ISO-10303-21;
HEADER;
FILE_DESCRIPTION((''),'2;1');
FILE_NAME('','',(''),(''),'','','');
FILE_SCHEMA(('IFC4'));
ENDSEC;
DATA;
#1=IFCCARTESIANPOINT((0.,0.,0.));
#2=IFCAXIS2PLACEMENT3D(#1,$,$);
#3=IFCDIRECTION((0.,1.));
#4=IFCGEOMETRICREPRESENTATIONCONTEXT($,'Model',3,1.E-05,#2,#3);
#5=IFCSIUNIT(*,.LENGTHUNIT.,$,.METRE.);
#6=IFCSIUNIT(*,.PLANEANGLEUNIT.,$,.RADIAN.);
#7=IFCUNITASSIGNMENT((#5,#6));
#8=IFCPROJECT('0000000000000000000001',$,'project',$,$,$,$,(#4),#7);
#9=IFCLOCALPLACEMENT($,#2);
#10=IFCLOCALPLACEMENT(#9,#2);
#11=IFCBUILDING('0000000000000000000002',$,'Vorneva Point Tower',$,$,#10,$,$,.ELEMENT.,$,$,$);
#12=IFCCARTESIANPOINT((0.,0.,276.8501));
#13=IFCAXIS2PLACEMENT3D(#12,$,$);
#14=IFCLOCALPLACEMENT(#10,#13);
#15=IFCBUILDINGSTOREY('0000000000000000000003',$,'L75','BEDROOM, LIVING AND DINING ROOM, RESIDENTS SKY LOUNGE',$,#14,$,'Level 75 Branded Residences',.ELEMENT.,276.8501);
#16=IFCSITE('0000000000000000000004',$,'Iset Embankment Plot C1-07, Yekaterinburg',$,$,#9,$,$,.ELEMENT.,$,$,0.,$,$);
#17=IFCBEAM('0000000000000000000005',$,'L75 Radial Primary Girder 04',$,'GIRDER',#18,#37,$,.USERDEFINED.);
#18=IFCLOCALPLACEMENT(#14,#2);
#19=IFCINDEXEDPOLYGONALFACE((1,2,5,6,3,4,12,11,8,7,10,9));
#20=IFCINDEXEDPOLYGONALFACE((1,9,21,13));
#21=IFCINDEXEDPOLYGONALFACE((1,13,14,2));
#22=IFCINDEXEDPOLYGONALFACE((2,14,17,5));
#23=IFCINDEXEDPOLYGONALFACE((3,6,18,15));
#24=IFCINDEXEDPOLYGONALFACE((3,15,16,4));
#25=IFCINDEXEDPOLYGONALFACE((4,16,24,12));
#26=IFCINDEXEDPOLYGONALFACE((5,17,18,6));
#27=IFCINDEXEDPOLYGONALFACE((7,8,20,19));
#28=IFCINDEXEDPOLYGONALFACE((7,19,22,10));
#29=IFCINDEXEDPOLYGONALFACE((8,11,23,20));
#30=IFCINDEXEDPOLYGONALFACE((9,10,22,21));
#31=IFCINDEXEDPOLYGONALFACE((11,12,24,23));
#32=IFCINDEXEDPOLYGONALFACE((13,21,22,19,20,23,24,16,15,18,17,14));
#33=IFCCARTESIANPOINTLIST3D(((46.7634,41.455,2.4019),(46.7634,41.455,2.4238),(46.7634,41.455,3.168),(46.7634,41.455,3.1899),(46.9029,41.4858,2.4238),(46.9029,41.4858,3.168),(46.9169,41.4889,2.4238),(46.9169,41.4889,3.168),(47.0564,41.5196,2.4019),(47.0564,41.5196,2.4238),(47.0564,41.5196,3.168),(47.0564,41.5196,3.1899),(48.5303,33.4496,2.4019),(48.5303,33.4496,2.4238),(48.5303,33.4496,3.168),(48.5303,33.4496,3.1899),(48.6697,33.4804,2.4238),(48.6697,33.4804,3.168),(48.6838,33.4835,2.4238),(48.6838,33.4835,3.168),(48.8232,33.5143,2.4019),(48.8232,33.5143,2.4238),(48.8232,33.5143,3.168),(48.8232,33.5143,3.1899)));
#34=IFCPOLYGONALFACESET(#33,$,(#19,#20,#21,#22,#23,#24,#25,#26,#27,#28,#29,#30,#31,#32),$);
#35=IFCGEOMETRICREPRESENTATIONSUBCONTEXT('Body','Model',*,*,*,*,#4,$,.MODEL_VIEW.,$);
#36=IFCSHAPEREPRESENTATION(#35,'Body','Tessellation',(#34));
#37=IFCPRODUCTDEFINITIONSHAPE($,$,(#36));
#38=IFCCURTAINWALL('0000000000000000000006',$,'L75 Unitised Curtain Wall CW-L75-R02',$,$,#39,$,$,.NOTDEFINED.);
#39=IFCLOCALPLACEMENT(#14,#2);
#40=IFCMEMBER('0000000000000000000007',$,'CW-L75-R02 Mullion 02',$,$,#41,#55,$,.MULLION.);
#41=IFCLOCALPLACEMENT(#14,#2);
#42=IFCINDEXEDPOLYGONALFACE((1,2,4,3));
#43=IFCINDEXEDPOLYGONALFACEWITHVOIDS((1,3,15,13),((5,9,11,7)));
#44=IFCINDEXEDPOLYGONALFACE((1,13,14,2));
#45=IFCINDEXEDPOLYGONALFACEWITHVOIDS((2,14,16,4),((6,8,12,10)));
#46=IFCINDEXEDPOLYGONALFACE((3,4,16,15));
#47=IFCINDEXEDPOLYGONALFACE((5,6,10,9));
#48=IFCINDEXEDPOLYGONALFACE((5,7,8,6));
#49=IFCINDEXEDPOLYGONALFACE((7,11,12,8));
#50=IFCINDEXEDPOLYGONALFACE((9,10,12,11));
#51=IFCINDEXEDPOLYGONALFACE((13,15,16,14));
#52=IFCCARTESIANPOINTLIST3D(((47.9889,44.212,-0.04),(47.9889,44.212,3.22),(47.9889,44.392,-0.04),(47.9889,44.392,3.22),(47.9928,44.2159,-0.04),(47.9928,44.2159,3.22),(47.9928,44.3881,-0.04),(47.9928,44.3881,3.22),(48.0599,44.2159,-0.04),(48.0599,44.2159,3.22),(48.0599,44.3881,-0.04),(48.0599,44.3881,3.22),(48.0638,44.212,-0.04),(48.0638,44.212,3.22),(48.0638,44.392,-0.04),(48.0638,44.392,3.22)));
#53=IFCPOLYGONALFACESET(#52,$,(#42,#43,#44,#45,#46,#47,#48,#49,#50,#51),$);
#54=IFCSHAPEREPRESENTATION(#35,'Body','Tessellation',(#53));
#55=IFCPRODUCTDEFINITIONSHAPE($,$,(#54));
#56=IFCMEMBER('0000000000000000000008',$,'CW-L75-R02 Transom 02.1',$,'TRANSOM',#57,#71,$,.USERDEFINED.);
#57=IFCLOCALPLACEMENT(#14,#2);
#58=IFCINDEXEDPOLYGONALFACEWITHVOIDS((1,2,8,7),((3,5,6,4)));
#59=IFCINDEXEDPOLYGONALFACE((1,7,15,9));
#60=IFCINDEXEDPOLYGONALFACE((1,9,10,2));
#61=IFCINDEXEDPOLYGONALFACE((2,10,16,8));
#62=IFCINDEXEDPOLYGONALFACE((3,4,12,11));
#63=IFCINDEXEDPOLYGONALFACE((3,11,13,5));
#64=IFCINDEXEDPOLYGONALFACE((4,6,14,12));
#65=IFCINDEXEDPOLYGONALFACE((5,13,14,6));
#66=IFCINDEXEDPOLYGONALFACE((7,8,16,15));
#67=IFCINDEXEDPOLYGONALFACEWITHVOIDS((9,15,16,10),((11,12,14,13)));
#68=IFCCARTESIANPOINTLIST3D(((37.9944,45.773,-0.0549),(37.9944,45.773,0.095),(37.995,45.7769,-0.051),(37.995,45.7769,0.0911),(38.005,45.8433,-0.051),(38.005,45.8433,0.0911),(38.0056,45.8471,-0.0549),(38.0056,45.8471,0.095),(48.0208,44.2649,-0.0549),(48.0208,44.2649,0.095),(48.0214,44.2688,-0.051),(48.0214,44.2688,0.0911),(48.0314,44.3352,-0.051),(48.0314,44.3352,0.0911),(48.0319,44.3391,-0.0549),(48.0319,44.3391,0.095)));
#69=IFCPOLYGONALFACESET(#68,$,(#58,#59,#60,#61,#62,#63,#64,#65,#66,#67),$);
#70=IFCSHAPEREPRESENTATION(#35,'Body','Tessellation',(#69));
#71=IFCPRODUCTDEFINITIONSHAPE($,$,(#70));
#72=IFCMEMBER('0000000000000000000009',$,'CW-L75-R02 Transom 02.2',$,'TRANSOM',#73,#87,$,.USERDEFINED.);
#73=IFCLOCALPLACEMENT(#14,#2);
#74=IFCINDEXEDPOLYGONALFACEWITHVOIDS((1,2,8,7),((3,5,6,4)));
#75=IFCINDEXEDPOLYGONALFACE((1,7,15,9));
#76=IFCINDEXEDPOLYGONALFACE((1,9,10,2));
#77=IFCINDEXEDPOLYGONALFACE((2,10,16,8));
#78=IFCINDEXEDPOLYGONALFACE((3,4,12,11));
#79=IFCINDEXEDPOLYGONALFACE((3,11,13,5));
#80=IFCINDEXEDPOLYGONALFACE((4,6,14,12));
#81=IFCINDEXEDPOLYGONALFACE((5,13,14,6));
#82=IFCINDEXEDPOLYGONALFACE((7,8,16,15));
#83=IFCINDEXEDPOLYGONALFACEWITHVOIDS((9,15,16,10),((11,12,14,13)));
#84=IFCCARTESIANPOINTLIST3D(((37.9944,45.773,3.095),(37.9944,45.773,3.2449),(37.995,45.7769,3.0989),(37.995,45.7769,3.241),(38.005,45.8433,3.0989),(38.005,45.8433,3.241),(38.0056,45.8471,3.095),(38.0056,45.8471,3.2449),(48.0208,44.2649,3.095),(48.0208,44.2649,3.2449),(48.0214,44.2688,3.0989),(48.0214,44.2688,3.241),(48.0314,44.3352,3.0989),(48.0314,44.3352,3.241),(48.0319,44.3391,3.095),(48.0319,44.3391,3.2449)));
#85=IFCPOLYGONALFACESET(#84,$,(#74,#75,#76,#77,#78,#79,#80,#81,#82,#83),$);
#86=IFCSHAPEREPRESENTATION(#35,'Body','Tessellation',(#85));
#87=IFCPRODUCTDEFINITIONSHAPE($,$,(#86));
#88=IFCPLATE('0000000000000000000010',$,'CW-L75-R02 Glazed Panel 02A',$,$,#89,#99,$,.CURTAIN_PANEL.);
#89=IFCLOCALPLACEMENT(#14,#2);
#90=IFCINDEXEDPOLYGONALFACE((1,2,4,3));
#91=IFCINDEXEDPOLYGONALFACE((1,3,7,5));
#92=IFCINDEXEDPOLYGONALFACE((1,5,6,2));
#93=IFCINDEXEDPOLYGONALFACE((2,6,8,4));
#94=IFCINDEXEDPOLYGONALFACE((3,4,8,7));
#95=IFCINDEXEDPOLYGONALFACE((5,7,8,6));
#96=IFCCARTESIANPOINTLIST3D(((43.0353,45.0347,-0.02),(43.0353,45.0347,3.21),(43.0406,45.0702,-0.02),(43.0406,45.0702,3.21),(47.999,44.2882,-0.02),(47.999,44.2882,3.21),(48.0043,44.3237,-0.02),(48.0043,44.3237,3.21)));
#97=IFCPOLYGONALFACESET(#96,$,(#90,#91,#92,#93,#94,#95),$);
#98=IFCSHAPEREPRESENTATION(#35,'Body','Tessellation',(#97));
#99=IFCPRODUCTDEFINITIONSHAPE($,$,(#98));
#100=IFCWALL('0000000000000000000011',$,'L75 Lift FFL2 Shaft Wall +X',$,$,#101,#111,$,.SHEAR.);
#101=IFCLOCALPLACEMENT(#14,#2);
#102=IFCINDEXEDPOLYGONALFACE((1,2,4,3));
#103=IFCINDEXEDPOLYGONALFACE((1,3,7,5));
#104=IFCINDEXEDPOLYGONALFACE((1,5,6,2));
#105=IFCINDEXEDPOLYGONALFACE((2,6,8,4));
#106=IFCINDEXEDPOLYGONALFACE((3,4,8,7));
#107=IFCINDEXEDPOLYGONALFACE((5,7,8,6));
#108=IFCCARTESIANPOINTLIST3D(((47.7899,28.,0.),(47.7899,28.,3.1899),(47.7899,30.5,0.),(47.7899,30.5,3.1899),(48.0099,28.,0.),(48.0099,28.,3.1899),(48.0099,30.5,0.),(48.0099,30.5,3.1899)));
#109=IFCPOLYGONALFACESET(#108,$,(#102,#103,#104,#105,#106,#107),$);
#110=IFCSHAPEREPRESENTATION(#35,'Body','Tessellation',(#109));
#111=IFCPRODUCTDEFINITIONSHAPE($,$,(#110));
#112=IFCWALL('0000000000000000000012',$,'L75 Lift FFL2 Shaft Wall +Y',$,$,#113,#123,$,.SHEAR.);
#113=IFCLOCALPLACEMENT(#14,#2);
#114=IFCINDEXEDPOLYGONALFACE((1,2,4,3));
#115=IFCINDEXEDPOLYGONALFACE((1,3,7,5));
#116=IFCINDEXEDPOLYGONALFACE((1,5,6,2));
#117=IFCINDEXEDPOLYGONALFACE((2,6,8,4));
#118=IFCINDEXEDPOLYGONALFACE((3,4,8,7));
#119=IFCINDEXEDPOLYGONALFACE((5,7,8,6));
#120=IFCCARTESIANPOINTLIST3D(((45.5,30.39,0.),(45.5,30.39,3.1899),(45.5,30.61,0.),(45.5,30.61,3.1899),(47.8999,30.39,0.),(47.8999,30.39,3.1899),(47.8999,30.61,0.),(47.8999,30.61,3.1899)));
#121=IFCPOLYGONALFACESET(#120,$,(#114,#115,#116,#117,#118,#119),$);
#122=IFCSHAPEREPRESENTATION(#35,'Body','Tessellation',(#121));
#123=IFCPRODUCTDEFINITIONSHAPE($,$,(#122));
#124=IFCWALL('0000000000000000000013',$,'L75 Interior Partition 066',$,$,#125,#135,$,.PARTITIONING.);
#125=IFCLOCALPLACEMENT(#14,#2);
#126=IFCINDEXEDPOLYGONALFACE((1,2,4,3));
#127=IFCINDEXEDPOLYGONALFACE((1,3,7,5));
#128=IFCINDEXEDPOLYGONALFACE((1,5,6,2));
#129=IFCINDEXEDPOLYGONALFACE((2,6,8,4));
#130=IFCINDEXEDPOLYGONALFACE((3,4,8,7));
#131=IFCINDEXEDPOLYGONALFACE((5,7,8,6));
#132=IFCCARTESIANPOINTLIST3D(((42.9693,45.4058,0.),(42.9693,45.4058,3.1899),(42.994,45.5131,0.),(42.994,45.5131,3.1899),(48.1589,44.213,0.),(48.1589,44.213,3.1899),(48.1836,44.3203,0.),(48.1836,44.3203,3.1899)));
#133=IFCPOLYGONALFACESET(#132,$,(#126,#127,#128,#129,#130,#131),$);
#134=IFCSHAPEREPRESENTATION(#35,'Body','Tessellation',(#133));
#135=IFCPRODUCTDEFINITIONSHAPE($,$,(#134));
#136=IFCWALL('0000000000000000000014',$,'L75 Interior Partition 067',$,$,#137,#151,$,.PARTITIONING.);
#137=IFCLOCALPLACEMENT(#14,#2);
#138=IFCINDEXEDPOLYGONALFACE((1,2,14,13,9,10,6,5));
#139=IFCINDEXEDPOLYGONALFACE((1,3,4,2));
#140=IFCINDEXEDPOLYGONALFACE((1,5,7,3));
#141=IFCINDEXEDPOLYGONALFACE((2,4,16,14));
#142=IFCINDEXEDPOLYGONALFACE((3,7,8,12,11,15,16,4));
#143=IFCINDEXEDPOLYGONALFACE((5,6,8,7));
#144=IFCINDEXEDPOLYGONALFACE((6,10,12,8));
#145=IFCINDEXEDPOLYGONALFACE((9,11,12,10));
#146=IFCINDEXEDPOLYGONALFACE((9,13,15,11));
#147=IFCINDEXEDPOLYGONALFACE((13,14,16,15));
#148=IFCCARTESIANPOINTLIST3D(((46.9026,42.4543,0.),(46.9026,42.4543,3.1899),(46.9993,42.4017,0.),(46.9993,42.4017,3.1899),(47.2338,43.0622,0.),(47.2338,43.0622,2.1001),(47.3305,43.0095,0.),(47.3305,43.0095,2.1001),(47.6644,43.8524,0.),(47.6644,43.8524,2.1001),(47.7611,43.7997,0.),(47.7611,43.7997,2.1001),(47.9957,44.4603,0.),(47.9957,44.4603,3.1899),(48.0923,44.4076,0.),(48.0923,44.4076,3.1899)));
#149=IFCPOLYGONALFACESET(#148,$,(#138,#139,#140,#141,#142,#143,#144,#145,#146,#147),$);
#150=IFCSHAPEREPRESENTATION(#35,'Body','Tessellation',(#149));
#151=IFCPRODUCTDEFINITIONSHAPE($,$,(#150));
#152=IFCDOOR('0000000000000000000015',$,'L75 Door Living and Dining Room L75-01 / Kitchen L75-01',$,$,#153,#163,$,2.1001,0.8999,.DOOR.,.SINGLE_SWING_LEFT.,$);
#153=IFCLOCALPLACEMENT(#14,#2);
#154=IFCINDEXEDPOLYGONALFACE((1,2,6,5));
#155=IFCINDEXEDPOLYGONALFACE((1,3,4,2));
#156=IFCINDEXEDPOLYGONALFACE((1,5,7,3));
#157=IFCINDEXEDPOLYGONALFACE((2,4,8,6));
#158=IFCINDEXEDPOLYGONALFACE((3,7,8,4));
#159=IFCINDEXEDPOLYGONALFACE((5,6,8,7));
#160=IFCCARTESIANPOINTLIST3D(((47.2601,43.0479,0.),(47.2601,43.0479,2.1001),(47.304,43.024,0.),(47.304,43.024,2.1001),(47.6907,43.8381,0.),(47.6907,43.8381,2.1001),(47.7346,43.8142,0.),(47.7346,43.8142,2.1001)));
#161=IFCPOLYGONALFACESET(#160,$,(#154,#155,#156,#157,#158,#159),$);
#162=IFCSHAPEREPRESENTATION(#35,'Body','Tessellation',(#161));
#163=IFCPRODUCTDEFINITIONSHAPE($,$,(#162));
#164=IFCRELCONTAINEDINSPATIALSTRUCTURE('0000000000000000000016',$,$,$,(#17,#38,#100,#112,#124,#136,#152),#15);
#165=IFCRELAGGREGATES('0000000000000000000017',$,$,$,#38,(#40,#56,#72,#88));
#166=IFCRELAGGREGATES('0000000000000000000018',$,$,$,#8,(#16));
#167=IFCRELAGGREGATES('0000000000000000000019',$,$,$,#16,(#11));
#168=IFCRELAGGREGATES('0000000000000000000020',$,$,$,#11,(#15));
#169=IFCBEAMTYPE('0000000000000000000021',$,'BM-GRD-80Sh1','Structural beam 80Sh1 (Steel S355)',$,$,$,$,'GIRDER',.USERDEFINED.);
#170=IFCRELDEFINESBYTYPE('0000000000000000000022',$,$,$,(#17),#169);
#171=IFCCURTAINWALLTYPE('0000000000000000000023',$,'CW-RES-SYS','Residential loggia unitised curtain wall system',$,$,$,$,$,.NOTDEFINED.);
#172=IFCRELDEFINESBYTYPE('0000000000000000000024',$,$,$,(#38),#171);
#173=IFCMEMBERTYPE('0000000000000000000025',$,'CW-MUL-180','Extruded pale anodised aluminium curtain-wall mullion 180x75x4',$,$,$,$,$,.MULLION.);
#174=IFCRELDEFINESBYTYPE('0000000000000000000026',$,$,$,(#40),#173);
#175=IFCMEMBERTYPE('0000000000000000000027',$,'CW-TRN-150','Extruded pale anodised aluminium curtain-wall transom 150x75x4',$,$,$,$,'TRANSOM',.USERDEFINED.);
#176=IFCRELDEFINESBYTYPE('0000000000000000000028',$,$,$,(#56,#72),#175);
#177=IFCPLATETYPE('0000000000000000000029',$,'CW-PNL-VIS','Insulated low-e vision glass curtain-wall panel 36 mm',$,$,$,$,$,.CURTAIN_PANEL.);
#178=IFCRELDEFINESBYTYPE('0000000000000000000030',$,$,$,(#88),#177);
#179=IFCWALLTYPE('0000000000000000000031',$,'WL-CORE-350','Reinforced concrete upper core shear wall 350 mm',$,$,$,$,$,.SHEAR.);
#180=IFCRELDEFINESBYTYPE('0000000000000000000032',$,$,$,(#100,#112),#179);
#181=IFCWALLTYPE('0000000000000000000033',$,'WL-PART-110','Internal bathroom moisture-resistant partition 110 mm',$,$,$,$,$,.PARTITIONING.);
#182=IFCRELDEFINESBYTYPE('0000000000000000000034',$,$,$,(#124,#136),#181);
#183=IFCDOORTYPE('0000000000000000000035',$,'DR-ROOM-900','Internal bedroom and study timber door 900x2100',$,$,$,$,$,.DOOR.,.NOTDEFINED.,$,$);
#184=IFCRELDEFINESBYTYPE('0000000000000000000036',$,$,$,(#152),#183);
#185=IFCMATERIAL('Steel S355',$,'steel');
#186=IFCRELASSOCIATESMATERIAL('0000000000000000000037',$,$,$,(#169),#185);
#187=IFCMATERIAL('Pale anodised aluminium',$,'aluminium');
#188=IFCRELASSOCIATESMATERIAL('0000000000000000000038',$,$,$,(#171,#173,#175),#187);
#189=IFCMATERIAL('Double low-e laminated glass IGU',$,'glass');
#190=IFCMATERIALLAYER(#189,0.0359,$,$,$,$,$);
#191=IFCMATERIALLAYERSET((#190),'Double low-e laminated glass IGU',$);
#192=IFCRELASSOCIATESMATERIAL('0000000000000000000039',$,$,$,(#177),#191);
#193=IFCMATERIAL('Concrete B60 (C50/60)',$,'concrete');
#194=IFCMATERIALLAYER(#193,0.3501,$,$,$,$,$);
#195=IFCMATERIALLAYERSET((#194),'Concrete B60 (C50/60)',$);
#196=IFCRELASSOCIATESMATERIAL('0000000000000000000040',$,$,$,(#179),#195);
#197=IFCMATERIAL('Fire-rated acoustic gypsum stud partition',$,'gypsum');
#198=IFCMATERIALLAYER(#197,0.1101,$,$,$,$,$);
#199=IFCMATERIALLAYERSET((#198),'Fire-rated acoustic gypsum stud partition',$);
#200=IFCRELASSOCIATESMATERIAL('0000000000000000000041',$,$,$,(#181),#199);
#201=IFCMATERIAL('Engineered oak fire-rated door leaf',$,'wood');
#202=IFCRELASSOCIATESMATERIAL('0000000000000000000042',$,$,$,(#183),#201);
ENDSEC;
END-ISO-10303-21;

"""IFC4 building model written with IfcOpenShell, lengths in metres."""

from ifc_helpers import new_model, si_unit, direction, frame, frame_2d, origin, origin_2d, place, context, subcontext, project, spatial, rectangle, hollow_rectangle, i_section, extrude, material, layer, layer_set, material_profile, profile_set, type_object, element, fill, aggregate, save


model = new_model("IFC4")

# Units and contexts
model_context = context("Model", 3, precision=1e-05, world=origin(), true_north=direction((0.0, 1.0)))
body_context = subcontext(model_context, "Body", "Model", "MODEL_VIEW")
ifc_project = project(units=[si_unit("LENGTHUNIT", "METRE"), si_unit("PLANEANGLEUNIT", "RADIAN")], contexts=[model_context])

# Site, building, storey
site_placement = place(None, origin())
site = spatial("IfcSite", under=ifc_project, at=site_placement, Name="Iset Embankment Plot C1-07, Yekaterinburg", CompositionType="ELEMENT", RefElevation=0.0)
building_placement = place(site_placement, origin())
building = spatial("IfcBuilding", under=site, at=building_placement, Name="Vorneva Point Tower", CompositionType="ELEMENT")
storey_placement = place(building_placement, frame((0.0, 0.0, 276.8501)))
storey = spatial("IfcBuildingStorey", under=building, at=storey_placement, Name="L75", Description="BEDROOM, LIVING AND DINING ROOM, RESIDENTS SKY LOUNGE", LongName="Level 75 Branded Residences", CompositionType="ELEMENT", Elevation=276.8501)

# Beam
ifc_material_1 = material(Name="Steel S355", Category="steel")
ifc_material_profile_1 = material_profile(ifc_material_1, i_section(OverallWidth=0.3, OverallDepth=0.7881, WebThickness=0.0144, FlangeThickness=0.022, at=origin_2d()), Name="80Sh1")
ifc_profile_set_1 = profile_set([ifc_material_profile_1], Name="Steel S355")
beam_type = type_object("IfcBeamType", Name="BM-GRD-80Sh1", Description="Structural beam 80Sh1 (Steel S355)", ElementType="GIRDER", PredefinedType="USERDEFINED", material=ifc_profile_set_1)
beam_placement = place(storey_placement, frame((46.9099, 41.4873, 2.7959), z_axis=(0.215521, -0.976499, 0.0), x_axis=(0.976499, 0.215521, 0.0)))
element("IfcBeam", 1, at=beam_placement, inside=storey, type_object=beam_type, Name="L75 Radial Primary Girder 04", ObjectType="GIRDER", PredefinedType="USERDEFINED", context=body_context, shape_type="SweptSolid", body=[
    extrude(i_section(OverallWidth=0.3, OverallDepth=0.7881, WebThickness=0.0144, FlangeThickness=0.022, at=origin_2d()), origin(), (0.0, 0.0, 1.0), 8.198),
])

# Curtain wall, members, plate
ifc_material_2 = material(Name="Pale anodised aluminium", Category="aluminium")
curtain_wall_type = type_object("IfcCurtainWallType", Name="CW-RES-SYS", Description="Residential loggia unitised curtain wall system", PredefinedType="NOTDEFINED", material=ifc_material_2)
curtain_wall_placement = place(storey_placement, origin())
curtain_wall = element("IfcCurtainWall", 2, at=curtain_wall_placement, inside=storey, type_object=curtain_wall_type, Name="L75 Unitised Curtain Wall CW-L75-R02", PredefinedType="NOTDEFINED")
ifc_material_profile_2 = material_profile(ifc_material_2, hollow_rectangle(XDim=0.075, YDim=0.1799, WallThickness=0.0039, at=origin_2d()), Name="AL-MUL 180x75x4")
ifc_profile_set_2 = profile_set([ifc_material_profile_2], Name="Pale anodised aluminium")
member_type_1 = type_object("IfcMemberType", Name="CW-MUL-180", Description="Extruded pale anodised aluminium curtain-wall mullion 180x75x4", PredefinedType="MULLION", material=ifc_profile_set_2)
member_1_placement = place(storey_placement, frame((48.0264, 44.302, -0.04), z_axis=(0.0, 0.0, 1.0), x_axis=(1.0, 0.0, 0.0)))
member_1 = element("IfcMember", 3, at=member_1_placement, type_object=member_type_1, Name="CW-L75-R02 Mullion 02", PredefinedType="MULLION", context=body_context, shape_type="SweptSolid", body=[
    extrude(hollow_rectangle(XDim=0.075, YDim=0.1799, WallThickness=0.0039, at=origin_2d()), origin(), (0.0, 0.0, 1.0), 3.26),
])
ifc_material_profile_3 = material_profile(ifc_material_2, hollow_rectangle(XDim=0.075, YDim=0.1499, WallThickness=0.0039, at=origin_2d()), Name="AL-TRN 150x75x4")
ifc_profile_set_3 = profile_set([ifc_material_profile_3], Name="Pale anodised aluminium")
member_type_2 = type_object("IfcMemberType", Name="CW-TRN-150", Description="Extruded pale anodised aluminium curtain-wall transom 150x75x4", ElementType="TRANSOM", PredefinedType="USERDEFINED", material=ifc_profile_set_3)
member_2_placement = place(storey_placement, frame((48.0264, 44.302, 0.02), z_axis=(-0.988877, 0.148736, 0.0), x_axis=(-0.148736, -0.988877, 0.0)))
member_2 = element("IfcMember", 4, at=member_2_placement, type_object=member_type_2, Name="CW-L75-R02 Transom 02.1", ObjectType="TRANSOM", PredefinedType="USERDEFINED", context=body_context, shape_type="SweptSolid", body=[
    extrude(hollow_rectangle(XDim=0.075, YDim=0.1499, WallThickness=0.0039, at=origin_2d()), origin(), (0.0, 0.0, 1.0), 10.1392),
])
member_3_placement = place(storey_placement, frame((48.0264, 44.302, 3.1699), z_axis=(-0.988877, 0.148736, 0.0), x_axis=(-0.148736, -0.988877, 0.0)))
member_3 = element("IfcMember", 5, at=member_3_placement, type_object=member_type_2, Name="CW-L75-R02 Transom 02.2", ObjectType="TRANSOM", PredefinedType="USERDEFINED", context=body_context, shape_type="SweptSolid", body=[
    extrude(hollow_rectangle(XDim=0.075, YDim=0.1499, WallThickness=0.0039, at=origin_2d()), origin(), (0.0, 0.0, 1.0), 10.1392),
])
ifc_material_3 = material(Name="Double low-e laminated glass IGU", Category="glass")
ifc_layer_1 = layer(ifc_material_3, 0.0359)
ifc_layer_set_1 = layer_set([ifc_layer_1], Name="Double low-e laminated glass IGU")
plate_type = type_object("IfcPlateType", Name="CW-PNL-VIS", Description="Insulated low-e vision glass curtain-wall panel 36 mm", PredefinedType="CURTAIN_PANEL", material=ifc_layer_set_1)
plate_placement = place(storey_placement, frame((45.5198, 44.6792, -0.02), z_axis=(0.0, 0.0, 1.0), x_axis=(-0.988879, 0.148724, 0.0)))
plate = element("IfcPlate", 6, at=plate_placement, type_object=plate_type, Name="CW-L75-R02 Glazed Panel 02A", PredefinedType="CURTAIN_PANEL", context=body_context, shape_type="SweptSolid", body=[
    extrude(rectangle(XDim=5.0195, YDim=0.0359, at=origin_2d()), origin(), (0.0, 0.0, 1.0), 3.23),
])
aggregate(curtain_wall, [member_1, member_2, member_3, plate])

# Walls
ifc_material_4 = material(Name="Concrete B60 (C50/60)", Category="concrete")
ifc_layer_2 = layer(ifc_material_4, 0.3501)
ifc_layer_set_2 = layer_set([ifc_layer_2], Name="Concrete B60 (C50/60)")
wall_type_1 = type_object("IfcWallType", Name="WL-CORE-350", Description="Reinforced concrete upper core shear wall 350 mm", PredefinedType="SHEAR", material=ifc_layer_set_2)
wall_1_placement = place(storey_placement, frame((47.8999, 28.0, 0.0), z_axis=(0.0, 0.0, 1.0), x_axis=(0.0, 1.0, 0.0)))
element("IfcWall", 7, at=wall_1_placement, inside=storey, type_object=wall_type_1, Name="L75 Lift FFL2 Shaft Wall +X", PredefinedType="SHEAR", context=body_context, shape_type="SweptSolid", body=[
    extrude(rectangle(XDim=2.5, YDim=0.22, at=frame_2d((1.25, 0.0))), origin(), (0.0, 0.0, 1.0), 3.1899),
])
wall_2_placement = place(storey_placement, frame((47.8999, 30.5, 0.0), z_axis=(0.0, 0.0, 1.0), x_axis=(-1.0, 0.0, 0.0)))
element("IfcWall", 8, at=wall_2_placement, inside=storey, type_object=wall_type_1, Name="L75 Lift FFL2 Shaft Wall +Y", PredefinedType="SHEAR", context=body_context, shape_type="SweptSolid", body=[
    extrude(rectangle(XDim=2.3999, YDim=0.22, at=frame_2d((1.2, 0.0))), origin(), (0.0, 0.0, 1.0), 3.1899),
])
ifc_material_5 = material(Name="Fire-rated acoustic gypsum stud partition", Category="gypsum")
ifc_layer_3 = layer(ifc_material_5, 0.1101)
ifc_layer_set_3 = layer_set([ifc_layer_3], Name="Fire-rated acoustic gypsum stud partition")
wall_type_2 = type_object("IfcWallType", Name="WL-PART-110", Description="Internal bathroom moisture-resistant partition 110 mm", PredefinedType="PARTITIONING", material=ifc_layer_set_3)
wall_3_placement = place(storey_placement, frame((48.1714, 44.2666, 0.0), z_axis=(0.0, 0.0, 1.0), x_axis=(-0.974586, 0.224012, 0.0)))
element("IfcWall", 9, at=wall_3_placement, inside=storey, type_object=wall_type_2, Name="L75 Interior Partition 066", PredefinedType="PARTITIONING", context=body_context, shape_type="SweptSolid", body=[
    extrude(rectangle(XDim=5.325, YDim=0.1101, at=frame_2d((2.6626, 0.0))), origin(), (0.0, 0.0, 1.0), 3.1899),
])

# Wall, opening, door
wall_4_placement = place(storey_placement, frame((48.0439, 44.4338, 0.0), z_axis=(0.0, 0.0, 1.0), x_axis=(-0.478485, -0.878096, 0.0)))
wall_4 = element("IfcWall", 10, at=wall_4_placement, inside=storey, type_object=wall_type_2, Name="L75 Interior Partition 067", PredefinedType="PARTITIONING", context=body_context, shape_type="SweptSolid", body=[
    extrude(rectangle(XDim=2.2844, YDim=0.1101, at=frame_2d((1.1421, 0.0))), origin(), (0.0, 0.0, 1.0), 3.1899),
])
opening_1_placement = place(wall_4_placement, frame((0.6921, 0.0, 0.0)))
opening_1 = element("IfcOpeningElement", 11, at=opening_1_placement, cuts=wall_4, PredefinedType="OPENING", context=body_context, shape_type="SweptSolid", body=[
    extrude(rectangle(XDim=0.8999, YDim=2.1001, at=frame_2d((0.45, 1.05))), frame((0.0, 0.0698, 0.0), z_axis=(0.0, -1.0, 0.0), x_axis=(1.0, 0.0, 0.0)), (0.0, 0.0, 1.0), 0.1399),
])
ifc_material_6 = material(Name="Engineered oak fire-rated door leaf", Category="wood")
door_type = type_object("IfcDoorType", Name="DR-ROOM-900", Description="Internal bedroom and study timber door 900x2100", OperationType="NOTDEFINED", PredefinedType="DOOR", material=ifc_material_6)
door_1_placement = place(opening_1_placement, origin())
door_1 = element("IfcDoor", 12, at=door_1_placement, inside=storey, type_object=door_type, Name="L75 Door Living and Dining Room L75-01 / Kitchen L75-01", OperationType="SINGLE_SWING_LEFT", OverallHeight=2.1001, OverallWidth=0.8999, PredefinedType="DOOR", context=body_context, shape_type="SweptSolid", body=[
    extrude(rectangle(XDim=0.8999, YDim=2.1001, at=frame_2d((0.45, 1.05))), frame((0.0, 0.0249, 0.0), z_axis=(0.0, -1.0, 0.0), x_axis=(1.0, 0.0, 0.0)), (0.0, 0.0, 1.0), 0.05),
])
fill(opening_1, door_1)

save(model, "model.ifc")
